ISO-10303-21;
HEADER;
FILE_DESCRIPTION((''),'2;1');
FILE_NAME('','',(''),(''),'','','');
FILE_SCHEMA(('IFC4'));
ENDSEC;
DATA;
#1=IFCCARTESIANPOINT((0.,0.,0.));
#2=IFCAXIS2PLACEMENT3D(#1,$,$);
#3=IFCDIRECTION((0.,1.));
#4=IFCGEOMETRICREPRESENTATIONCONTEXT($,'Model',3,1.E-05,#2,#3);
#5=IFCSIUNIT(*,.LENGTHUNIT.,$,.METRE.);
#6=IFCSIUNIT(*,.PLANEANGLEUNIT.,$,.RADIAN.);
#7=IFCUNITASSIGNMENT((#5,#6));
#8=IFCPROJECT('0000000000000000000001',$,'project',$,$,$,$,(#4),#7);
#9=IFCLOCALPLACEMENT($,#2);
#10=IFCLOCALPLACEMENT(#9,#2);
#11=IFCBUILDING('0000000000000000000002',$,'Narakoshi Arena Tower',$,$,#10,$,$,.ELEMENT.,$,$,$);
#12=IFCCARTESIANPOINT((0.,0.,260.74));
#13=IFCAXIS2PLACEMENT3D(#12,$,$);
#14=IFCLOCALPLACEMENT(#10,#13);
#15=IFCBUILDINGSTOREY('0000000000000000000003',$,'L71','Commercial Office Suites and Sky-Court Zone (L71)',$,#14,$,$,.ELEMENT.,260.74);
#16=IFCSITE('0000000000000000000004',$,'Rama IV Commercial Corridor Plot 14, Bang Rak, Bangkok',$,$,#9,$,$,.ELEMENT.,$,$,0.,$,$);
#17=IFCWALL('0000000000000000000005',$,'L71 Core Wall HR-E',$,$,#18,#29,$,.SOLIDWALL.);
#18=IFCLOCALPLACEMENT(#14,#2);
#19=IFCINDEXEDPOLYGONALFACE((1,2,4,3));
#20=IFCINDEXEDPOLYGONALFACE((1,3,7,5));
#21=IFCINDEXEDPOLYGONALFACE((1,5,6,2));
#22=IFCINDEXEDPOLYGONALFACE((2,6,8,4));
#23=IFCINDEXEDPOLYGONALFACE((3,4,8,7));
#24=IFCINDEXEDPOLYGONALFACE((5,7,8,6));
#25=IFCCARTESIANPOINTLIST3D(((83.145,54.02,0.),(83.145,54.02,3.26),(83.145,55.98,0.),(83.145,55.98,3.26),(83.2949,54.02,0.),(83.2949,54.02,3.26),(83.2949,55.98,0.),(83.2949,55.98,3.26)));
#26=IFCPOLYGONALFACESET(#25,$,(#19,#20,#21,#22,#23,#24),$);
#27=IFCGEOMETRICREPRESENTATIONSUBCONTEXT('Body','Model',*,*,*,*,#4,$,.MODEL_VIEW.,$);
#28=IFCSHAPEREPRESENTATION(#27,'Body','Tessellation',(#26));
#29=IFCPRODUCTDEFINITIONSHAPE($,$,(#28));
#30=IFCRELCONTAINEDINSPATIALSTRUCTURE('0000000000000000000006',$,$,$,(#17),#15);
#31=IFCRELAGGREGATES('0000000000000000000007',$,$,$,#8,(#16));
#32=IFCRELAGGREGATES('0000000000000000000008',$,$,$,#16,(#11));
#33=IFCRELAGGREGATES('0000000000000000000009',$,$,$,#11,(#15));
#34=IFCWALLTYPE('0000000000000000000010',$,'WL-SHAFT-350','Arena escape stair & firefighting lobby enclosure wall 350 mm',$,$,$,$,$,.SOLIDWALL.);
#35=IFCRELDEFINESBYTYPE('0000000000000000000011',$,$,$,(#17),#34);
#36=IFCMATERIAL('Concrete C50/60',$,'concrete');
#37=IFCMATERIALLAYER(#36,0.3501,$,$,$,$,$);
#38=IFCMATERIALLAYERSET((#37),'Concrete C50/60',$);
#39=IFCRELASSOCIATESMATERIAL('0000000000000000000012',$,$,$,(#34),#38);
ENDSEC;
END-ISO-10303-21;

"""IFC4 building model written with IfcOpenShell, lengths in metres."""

from ifc_helpers import new_model, si_unit, direction, frame, frame_2d, origin, place, context, subcontext, project, spatial, rectangle, extrude, material, layer, layer_set, type_object, element, save


model = new_model("IFC4")

# Units and contexts
model_context = context("Model", 3, precision=1e-05, world=origin(), true_north=direction((0.0, 1.0)))
body_context = subcontext(model_context, "Body", "Model", "MODEL_VIEW")
ifc_project = project(units=[si_unit("LENGTHUNIT", "METRE"), si_unit("PLANEANGLEUNIT", "RADIAN")], contexts=[model_context])

# Site, building, storey
site_placement = place(None, origin())
site = spatial("IfcSite", under=ifc_project, at=site_placement, Name="Rama IV Commercial Corridor Plot 14, Bang Rak, Bangkok", CompositionType="ELEMENT", RefElevation=0.0)
building_placement = place(site_placement, origin())
building = spatial("IfcBuilding", under=site, at=building_placement, Name="Narakoshi Arena Tower", CompositionType="ELEMENT")
storey_placement = place(building_placement, frame((0.0, 0.0, 260.74)))
storey = spatial("IfcBuildingStorey", under=building, at=storey_placement, Name="L71", Description="Commercial Office Suites and Sky-Court Zone (L71)", CompositionType="ELEMENT", Elevation=260.74)

# Shared definitions
ifc_material_1 = material(Name="Concrete C50/60", Category="concrete")

# Shared definitions
ifc_layer_1 = layer(ifc_material_1, 0.3501)
ifc_layer_set_1 = layer_set([ifc_layer_1], Name="Concrete C50/60")
wall_type_1 = type_object("IfcWallType", Name="WL-SHAFT-350", Description="Arena escape stair & firefighting lobby enclosure wall 350 mm", PredefinedType="SOLIDWALL", material=ifc_layer_set_1)

# Wall
wall_1_placement = place(storey_placement, frame((83.22, 54.02, 0.0), z_axis=(0.0, 0.0, 1.0), x_axis=(0.0, 1.0, 0.0)))
element("IfcWall", 1, at=wall_1_placement, inside=storey, type_object=wall_type_1, Name="L71 Core Wall HR-E", PredefinedType="SOLIDWALL", context=body_context, shape_type="SweptSolid", body=[
    extrude(rectangle(XDim=1.96, YDim=0.1499, at=frame_2d((0.98, 0.0))), origin(), (0.0, 0.0, 1.0), 3.26),
])

save(model, "model.ifc")
